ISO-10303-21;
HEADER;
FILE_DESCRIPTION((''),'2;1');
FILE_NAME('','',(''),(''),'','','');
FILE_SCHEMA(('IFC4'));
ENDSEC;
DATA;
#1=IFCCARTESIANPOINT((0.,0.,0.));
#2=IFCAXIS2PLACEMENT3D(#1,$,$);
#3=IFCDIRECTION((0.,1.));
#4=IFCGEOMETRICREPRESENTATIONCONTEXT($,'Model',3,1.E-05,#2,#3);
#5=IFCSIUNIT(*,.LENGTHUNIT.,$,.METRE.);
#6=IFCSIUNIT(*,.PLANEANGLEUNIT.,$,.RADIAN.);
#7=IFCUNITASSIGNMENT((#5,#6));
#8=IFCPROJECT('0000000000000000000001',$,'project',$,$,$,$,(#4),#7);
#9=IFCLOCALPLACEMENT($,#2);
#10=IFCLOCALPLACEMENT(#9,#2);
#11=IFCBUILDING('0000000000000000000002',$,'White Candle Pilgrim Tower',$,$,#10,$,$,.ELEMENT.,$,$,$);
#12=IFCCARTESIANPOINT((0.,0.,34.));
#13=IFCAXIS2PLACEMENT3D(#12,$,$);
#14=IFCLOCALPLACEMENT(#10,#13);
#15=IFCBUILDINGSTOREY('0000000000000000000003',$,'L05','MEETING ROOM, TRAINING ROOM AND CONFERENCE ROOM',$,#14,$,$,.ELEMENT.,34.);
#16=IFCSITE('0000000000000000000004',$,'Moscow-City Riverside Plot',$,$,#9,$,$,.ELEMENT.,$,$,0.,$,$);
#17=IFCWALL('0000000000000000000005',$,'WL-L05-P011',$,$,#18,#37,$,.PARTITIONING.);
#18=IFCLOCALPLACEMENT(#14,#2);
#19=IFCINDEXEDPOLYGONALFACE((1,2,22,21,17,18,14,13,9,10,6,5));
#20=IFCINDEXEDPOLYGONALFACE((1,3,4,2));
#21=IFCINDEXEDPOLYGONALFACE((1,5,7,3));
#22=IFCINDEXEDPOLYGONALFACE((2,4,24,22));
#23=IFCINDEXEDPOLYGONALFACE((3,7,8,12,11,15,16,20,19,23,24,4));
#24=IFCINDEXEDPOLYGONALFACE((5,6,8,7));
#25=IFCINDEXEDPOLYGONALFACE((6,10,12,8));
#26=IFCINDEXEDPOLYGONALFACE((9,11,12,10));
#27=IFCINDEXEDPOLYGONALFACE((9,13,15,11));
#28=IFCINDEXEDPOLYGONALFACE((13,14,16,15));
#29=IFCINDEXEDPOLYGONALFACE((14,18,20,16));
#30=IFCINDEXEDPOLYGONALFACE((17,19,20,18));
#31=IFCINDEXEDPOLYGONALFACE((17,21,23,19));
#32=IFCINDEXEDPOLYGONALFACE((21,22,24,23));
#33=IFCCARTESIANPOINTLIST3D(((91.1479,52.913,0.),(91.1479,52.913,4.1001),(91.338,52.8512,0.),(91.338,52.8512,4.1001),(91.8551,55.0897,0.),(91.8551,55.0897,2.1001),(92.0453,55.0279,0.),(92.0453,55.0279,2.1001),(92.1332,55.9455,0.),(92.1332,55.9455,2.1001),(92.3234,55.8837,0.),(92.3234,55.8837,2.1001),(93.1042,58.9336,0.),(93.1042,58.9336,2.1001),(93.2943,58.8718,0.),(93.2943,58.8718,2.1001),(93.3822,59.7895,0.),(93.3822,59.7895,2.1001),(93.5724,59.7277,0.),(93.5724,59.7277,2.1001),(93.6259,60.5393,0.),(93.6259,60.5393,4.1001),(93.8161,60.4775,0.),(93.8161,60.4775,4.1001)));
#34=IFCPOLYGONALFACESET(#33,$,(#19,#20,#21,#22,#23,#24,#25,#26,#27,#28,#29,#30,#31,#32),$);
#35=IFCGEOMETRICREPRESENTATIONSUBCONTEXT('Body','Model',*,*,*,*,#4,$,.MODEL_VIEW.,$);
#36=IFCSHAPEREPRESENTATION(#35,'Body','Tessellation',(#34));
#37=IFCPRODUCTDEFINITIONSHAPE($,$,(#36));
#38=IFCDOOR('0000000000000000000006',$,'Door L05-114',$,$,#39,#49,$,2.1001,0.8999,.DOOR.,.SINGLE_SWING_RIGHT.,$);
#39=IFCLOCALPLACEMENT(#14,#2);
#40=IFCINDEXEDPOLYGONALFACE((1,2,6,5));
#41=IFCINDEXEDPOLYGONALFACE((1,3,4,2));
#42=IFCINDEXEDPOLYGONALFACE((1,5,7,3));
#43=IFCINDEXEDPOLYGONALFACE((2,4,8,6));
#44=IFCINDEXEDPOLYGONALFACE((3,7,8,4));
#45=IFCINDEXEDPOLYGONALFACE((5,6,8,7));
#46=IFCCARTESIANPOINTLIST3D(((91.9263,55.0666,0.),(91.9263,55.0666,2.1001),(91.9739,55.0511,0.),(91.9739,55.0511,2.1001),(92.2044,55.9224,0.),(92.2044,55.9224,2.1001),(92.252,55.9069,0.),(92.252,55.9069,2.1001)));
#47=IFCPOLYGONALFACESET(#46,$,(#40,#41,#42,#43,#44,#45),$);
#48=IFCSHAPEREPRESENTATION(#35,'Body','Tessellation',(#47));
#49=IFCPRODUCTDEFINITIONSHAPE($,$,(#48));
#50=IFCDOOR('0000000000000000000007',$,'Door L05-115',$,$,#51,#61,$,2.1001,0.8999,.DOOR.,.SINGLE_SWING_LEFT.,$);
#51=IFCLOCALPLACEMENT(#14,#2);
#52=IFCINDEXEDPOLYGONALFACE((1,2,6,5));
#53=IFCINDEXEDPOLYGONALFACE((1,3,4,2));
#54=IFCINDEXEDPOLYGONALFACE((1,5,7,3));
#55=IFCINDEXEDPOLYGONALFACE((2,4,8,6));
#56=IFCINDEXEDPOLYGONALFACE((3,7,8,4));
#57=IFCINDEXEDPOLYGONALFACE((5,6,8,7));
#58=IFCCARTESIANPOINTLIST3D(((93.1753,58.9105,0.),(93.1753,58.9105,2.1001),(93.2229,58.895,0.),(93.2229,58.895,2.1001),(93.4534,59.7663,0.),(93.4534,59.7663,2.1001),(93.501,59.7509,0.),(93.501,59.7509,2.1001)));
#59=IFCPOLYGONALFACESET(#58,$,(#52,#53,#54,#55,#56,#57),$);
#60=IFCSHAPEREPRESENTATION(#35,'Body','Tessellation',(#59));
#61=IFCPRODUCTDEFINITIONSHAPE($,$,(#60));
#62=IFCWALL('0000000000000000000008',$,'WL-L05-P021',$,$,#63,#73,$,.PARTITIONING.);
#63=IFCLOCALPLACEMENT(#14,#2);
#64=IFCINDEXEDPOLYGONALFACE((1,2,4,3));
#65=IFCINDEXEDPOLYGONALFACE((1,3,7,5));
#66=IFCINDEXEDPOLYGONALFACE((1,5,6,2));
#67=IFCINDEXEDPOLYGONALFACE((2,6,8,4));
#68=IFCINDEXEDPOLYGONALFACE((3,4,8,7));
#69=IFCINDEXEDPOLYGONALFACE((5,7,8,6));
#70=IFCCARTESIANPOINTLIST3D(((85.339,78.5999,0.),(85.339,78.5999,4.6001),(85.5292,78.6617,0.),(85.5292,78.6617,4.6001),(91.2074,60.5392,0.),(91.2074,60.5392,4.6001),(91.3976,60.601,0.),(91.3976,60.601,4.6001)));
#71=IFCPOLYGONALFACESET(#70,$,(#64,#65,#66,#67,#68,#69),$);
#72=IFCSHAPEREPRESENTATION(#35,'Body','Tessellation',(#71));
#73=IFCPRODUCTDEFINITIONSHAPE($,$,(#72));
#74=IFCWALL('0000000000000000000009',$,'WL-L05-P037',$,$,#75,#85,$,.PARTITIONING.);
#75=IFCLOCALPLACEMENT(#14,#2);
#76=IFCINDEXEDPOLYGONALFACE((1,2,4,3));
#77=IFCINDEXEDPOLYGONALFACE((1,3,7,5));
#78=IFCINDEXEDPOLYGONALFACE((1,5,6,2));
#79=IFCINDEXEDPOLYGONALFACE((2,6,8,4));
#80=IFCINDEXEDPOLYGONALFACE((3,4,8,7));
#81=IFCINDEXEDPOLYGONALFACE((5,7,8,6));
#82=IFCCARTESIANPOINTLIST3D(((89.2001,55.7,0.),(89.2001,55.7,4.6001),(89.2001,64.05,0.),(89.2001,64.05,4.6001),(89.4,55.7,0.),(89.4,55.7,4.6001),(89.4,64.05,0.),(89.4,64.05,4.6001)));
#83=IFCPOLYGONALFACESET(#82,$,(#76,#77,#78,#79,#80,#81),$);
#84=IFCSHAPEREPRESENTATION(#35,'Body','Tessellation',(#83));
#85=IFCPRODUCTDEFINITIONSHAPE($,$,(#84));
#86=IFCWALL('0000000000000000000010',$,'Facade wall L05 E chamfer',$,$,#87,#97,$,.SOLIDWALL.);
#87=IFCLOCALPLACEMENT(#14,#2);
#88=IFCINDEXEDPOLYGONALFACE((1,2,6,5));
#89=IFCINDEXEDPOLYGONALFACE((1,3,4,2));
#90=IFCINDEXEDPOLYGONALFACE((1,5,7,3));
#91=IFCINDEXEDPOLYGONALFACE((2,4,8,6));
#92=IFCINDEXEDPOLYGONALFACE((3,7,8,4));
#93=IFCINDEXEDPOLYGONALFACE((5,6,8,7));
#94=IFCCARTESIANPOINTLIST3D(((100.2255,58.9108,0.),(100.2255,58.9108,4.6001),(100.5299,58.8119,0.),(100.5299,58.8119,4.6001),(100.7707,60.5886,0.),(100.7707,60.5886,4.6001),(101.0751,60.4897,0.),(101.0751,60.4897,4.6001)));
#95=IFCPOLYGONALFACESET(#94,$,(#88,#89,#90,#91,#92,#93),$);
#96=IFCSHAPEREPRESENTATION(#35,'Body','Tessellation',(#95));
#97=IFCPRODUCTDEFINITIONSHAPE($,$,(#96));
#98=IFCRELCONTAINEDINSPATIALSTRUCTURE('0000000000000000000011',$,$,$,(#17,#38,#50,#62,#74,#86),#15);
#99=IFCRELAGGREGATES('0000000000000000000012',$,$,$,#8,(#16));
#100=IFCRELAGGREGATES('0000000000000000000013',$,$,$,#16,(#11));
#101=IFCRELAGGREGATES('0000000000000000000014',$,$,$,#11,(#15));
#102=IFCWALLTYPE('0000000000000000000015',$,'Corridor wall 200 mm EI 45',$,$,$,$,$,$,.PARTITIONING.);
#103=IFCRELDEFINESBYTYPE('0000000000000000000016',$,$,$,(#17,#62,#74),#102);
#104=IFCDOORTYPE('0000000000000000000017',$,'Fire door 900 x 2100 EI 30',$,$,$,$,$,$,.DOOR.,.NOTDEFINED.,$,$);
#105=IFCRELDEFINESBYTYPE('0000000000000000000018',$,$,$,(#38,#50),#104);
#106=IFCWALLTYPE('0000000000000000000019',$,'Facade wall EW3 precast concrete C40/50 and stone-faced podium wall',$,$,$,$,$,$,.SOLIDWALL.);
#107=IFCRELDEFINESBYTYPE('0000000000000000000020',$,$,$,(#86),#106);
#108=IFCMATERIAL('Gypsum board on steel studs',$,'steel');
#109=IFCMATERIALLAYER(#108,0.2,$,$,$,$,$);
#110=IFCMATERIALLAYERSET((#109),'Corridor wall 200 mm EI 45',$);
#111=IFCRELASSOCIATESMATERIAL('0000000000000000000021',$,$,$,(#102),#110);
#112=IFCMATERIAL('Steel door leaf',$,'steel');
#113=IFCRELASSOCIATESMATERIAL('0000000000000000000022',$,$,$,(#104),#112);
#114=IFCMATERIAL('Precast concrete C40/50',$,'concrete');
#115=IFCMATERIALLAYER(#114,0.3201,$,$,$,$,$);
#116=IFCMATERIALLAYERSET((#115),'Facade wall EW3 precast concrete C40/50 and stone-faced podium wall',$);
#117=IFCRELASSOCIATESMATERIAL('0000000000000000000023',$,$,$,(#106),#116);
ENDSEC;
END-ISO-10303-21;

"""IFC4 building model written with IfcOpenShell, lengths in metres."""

from ifc_helpers import new_model, si_unit, direction, frame, frame_2d, origin, place, context, subcontext, project, spatial, rectangle, extrude, material, layer, layer_set, type_object, element, fill, save


model = new_model("IFC4")

# Units and contexts
model_context = context("Model", 3, precision=1e-05, world=origin(), true_north=direction((0.0, 1.0)))
body_context = subcontext(model_context, "Body", "Model", "MODEL_VIEW")
ifc_project = project(units=[si_unit("LENGTHUNIT", "METRE"), si_unit("PLANEANGLEUNIT", "RADIAN")], contexts=[model_context])

# Site, building, storey
site_placement = place(None, origin())
site = spatial("IfcSite", under=ifc_project, at=site_placement, Name="Moscow-City Riverside Plot", CompositionType="ELEMENT", RefElevation=0.0)
building_placement = place(site_placement, origin())
building = spatial("IfcBuilding", under=site, at=building_placement, Name="White Candle Pilgrim Tower", CompositionType="ELEMENT")
storey_placement = place(building_placement, frame((0.0, 0.0, 34.0)))
storey = spatial("IfcBuildingStorey", under=building, at=storey_placement, Name="L05", Description="MEETING ROOM, TRAINING ROOM AND CONFERENCE ROOM", CompositionType="ELEMENT", Elevation=34.0)

# Wall, openings, doors
ifc_material_1 = material(Name="Gypsum board on steel studs", Category="steel")
ifc_layer_1 = layer(ifc_material_1, 0.2)
ifc_layer_set_1 = layer_set([ifc_layer_1], Name="Corridor wall 200 mm EI 45")
wall_type_1 = type_object("IfcWallType", Name="Corridor wall 200 mm EI 45", PredefinedType="PARTITIONING", material=ifc_layer_set_1)
wall_1_placement = place(storey_placement, frame((93.7209, 60.5083, 0.0), z_axis=(0.0, 0.0, 1.0), x_axis=(-0.30903, -0.951052, 0.0)))
wall_1 = element("IfcWall", 1, at=wall_1_placement, inside=storey, type_object=wall_type_1, Name="WL-L05-P011", PredefinedType="PARTITIONING", context=body_context, shape_type="SweptSolid", body=[
    extrude(rectangle(XDim=8.0188, YDim=0.2, at=frame_2d((4.0093, 0.0))), origin(), (0.0, 0.0, 1.0), 4.1001),
])
opening_1_placement = place(wall_1_placement, frame((4.8301, 0.0, 0.0)))
opening_1 = element("IfcOpeningElement", 2, at=opening_1_placement, cuts=wall_1, PredefinedType="OPENING", context=body_context, shape_type="SweptSolid", body=[
    extrude(rectangle(XDim=0.8999, YDim=2.1001, at=frame_2d((0.45, 1.05))), frame((0.0, 0.1099, 0.0), z_axis=(0.0, -1.0, 0.0), x_axis=(1.0, 0.0, 0.0)), (0.0, 0.0, 1.0), 0.22),
])
opening_2_placement = place(wall_1_placement, frame((0.7883, 0.0, 0.0)))
opening_2 = element("IfcOpeningElement", 3, at=opening_2_placement, cuts=wall_1, PredefinedType="OPENING", context=body_context, shape_type="SweptSolid", body=[
    extrude(rectangle(XDim=0.8999, YDim=2.1001, at=frame_2d((0.45, 1.05))), frame((0.0, 0.1099, 0.0), z_axis=(0.0, -1.0, 0.0), x_axis=(1.0, 0.0, 0.0)), (0.0, 0.0, 1.0), 0.22),
])
ifc_material_2 = material(Name="Steel door leaf", Category="steel")
door_type = type_object("IfcDoorType", Name="Fire door 900 x 2100 EI 30", OperationType="NOTDEFINED", PredefinedType="DOOR", material=ifc_material_2)
door_1_placement = place(opening_1_placement, origin())
door_1 = element("IfcDoor", 4, at=door_1_placement, inside=storey, type_object=door_type, Name="Door L05-114", OperationType="SINGLE_SWING_RIGHT", OverallHeight=2.1001, OverallWidth=0.8999, PredefinedType="DOOR", context=body_context, shape_type="SweptSolid", body=[
    extrude(rectangle(XDim=0.8999, YDim=2.1001, at=frame_2d((0.45, 1.05))), frame((0.0, 0.0249, 0.0), z_axis=(0.0, -1.0, 0.0), x_axis=(1.0, 0.0, 0.0)), (0.0, 0.0, 1.0), 0.05),
])
fill(opening_1, door_1)
door_2_placement = place(opening_2_placement, origin())
door_2 = element("IfcDoor", 5, at=door_2_placement, inside=storey, type_object=door_type, Name="Door L05-115", OperationType="SINGLE_SWING_LEFT", OverallHeight=2.1001, OverallWidth=0.8999, PredefinedType="DOOR", context=body_context, shape_type="SweptSolid", body=[
    extrude(rectangle(XDim=0.8999, YDim=2.1001, at=frame_2d((0.45, 1.05))), frame((0.0, 0.0249, 0.0), z_axis=(0.0, -1.0, 0.0), x_axis=(1.0, 0.0, 0.0)), (0.0, 0.0, 1.0), 0.05),
])
fill(opening_2, door_2)

# Walls
wall_2_placement = place(storey_placement, frame((91.3025, 60.5701, 0.0), z_axis=(0.0, 0.0, 1.0), x_axis=(-0.309022, 0.951055, 0.0)))
element("IfcWall", 6, at=wall_2_placement, inside=storey, type_object=wall_type_1, Name="WL-L05-P021", PredefinedType="PARTITIONING", context=body_context, shape_type="SweptSolid", body=[
    extrude(rectangle(XDim=18.9902, YDim=0.2, at=frame_2d((9.4951, 0.0))), origin(), (0.0, 0.0, 1.0), 4.6001),
])
wall_3_placement = place(storey_placement, frame((89.3, 64.05, 0.0), z_axis=(0.0, 0.0, 1.0), x_axis=(0.0, -1.0, 0.0)))
element("IfcWall", 7, at=wall_3_placement, inside=storey, type_object=wall_type_1, Name="WL-L05-P037", PredefinedType="PARTITIONING", context=body_context, shape_type="SweptSolid", body=[
    extrude(rectangle(XDim=8.3501, YDim=0.2, at=frame_2d((4.175, 0.0))), origin(), (0.0, 0.0, 1.0), 4.6001),
])
ifc_material_3 = material(Name="Precast concrete C40/50", Category="concrete")
ifc_layer_2 = layer(ifc_material_3, 0.3201)
ifc_layer_set_2 = layer_set([ifc_layer_2], Name="Facade wall EW3 precast concrete C40/50 and stone-faced podium wall")
wall_type_2 = type_object("IfcWallType", Name="Facade wall EW3 precast concrete C40/50 and stone-faced podium wall", PredefinedType="SOLIDWALL", material=ifc_layer_set_2)
wall_4_placement = place(storey_placement, frame((100.3777, 58.8613, 0.0), z_axis=(0.0, 0.0, 1.0), x_axis=(0.309036, 0.95105, 0.0)))
element("IfcWall", 8, at=wall_4_placement, inside=storey, type_object=wall_type_2, Name="Facade wall L05 E chamfer", PredefinedType="SOLIDWALL", context=body_context, shape_type="SweptSolid", body=[
    extrude(rectangle(XDim=1.7642, YDim=0.3201, at=frame_2d((0.8821, 0.0))), origin(), (0.0, 0.0, 1.0), 4.6001),
])

save(model, "model.ifc")
